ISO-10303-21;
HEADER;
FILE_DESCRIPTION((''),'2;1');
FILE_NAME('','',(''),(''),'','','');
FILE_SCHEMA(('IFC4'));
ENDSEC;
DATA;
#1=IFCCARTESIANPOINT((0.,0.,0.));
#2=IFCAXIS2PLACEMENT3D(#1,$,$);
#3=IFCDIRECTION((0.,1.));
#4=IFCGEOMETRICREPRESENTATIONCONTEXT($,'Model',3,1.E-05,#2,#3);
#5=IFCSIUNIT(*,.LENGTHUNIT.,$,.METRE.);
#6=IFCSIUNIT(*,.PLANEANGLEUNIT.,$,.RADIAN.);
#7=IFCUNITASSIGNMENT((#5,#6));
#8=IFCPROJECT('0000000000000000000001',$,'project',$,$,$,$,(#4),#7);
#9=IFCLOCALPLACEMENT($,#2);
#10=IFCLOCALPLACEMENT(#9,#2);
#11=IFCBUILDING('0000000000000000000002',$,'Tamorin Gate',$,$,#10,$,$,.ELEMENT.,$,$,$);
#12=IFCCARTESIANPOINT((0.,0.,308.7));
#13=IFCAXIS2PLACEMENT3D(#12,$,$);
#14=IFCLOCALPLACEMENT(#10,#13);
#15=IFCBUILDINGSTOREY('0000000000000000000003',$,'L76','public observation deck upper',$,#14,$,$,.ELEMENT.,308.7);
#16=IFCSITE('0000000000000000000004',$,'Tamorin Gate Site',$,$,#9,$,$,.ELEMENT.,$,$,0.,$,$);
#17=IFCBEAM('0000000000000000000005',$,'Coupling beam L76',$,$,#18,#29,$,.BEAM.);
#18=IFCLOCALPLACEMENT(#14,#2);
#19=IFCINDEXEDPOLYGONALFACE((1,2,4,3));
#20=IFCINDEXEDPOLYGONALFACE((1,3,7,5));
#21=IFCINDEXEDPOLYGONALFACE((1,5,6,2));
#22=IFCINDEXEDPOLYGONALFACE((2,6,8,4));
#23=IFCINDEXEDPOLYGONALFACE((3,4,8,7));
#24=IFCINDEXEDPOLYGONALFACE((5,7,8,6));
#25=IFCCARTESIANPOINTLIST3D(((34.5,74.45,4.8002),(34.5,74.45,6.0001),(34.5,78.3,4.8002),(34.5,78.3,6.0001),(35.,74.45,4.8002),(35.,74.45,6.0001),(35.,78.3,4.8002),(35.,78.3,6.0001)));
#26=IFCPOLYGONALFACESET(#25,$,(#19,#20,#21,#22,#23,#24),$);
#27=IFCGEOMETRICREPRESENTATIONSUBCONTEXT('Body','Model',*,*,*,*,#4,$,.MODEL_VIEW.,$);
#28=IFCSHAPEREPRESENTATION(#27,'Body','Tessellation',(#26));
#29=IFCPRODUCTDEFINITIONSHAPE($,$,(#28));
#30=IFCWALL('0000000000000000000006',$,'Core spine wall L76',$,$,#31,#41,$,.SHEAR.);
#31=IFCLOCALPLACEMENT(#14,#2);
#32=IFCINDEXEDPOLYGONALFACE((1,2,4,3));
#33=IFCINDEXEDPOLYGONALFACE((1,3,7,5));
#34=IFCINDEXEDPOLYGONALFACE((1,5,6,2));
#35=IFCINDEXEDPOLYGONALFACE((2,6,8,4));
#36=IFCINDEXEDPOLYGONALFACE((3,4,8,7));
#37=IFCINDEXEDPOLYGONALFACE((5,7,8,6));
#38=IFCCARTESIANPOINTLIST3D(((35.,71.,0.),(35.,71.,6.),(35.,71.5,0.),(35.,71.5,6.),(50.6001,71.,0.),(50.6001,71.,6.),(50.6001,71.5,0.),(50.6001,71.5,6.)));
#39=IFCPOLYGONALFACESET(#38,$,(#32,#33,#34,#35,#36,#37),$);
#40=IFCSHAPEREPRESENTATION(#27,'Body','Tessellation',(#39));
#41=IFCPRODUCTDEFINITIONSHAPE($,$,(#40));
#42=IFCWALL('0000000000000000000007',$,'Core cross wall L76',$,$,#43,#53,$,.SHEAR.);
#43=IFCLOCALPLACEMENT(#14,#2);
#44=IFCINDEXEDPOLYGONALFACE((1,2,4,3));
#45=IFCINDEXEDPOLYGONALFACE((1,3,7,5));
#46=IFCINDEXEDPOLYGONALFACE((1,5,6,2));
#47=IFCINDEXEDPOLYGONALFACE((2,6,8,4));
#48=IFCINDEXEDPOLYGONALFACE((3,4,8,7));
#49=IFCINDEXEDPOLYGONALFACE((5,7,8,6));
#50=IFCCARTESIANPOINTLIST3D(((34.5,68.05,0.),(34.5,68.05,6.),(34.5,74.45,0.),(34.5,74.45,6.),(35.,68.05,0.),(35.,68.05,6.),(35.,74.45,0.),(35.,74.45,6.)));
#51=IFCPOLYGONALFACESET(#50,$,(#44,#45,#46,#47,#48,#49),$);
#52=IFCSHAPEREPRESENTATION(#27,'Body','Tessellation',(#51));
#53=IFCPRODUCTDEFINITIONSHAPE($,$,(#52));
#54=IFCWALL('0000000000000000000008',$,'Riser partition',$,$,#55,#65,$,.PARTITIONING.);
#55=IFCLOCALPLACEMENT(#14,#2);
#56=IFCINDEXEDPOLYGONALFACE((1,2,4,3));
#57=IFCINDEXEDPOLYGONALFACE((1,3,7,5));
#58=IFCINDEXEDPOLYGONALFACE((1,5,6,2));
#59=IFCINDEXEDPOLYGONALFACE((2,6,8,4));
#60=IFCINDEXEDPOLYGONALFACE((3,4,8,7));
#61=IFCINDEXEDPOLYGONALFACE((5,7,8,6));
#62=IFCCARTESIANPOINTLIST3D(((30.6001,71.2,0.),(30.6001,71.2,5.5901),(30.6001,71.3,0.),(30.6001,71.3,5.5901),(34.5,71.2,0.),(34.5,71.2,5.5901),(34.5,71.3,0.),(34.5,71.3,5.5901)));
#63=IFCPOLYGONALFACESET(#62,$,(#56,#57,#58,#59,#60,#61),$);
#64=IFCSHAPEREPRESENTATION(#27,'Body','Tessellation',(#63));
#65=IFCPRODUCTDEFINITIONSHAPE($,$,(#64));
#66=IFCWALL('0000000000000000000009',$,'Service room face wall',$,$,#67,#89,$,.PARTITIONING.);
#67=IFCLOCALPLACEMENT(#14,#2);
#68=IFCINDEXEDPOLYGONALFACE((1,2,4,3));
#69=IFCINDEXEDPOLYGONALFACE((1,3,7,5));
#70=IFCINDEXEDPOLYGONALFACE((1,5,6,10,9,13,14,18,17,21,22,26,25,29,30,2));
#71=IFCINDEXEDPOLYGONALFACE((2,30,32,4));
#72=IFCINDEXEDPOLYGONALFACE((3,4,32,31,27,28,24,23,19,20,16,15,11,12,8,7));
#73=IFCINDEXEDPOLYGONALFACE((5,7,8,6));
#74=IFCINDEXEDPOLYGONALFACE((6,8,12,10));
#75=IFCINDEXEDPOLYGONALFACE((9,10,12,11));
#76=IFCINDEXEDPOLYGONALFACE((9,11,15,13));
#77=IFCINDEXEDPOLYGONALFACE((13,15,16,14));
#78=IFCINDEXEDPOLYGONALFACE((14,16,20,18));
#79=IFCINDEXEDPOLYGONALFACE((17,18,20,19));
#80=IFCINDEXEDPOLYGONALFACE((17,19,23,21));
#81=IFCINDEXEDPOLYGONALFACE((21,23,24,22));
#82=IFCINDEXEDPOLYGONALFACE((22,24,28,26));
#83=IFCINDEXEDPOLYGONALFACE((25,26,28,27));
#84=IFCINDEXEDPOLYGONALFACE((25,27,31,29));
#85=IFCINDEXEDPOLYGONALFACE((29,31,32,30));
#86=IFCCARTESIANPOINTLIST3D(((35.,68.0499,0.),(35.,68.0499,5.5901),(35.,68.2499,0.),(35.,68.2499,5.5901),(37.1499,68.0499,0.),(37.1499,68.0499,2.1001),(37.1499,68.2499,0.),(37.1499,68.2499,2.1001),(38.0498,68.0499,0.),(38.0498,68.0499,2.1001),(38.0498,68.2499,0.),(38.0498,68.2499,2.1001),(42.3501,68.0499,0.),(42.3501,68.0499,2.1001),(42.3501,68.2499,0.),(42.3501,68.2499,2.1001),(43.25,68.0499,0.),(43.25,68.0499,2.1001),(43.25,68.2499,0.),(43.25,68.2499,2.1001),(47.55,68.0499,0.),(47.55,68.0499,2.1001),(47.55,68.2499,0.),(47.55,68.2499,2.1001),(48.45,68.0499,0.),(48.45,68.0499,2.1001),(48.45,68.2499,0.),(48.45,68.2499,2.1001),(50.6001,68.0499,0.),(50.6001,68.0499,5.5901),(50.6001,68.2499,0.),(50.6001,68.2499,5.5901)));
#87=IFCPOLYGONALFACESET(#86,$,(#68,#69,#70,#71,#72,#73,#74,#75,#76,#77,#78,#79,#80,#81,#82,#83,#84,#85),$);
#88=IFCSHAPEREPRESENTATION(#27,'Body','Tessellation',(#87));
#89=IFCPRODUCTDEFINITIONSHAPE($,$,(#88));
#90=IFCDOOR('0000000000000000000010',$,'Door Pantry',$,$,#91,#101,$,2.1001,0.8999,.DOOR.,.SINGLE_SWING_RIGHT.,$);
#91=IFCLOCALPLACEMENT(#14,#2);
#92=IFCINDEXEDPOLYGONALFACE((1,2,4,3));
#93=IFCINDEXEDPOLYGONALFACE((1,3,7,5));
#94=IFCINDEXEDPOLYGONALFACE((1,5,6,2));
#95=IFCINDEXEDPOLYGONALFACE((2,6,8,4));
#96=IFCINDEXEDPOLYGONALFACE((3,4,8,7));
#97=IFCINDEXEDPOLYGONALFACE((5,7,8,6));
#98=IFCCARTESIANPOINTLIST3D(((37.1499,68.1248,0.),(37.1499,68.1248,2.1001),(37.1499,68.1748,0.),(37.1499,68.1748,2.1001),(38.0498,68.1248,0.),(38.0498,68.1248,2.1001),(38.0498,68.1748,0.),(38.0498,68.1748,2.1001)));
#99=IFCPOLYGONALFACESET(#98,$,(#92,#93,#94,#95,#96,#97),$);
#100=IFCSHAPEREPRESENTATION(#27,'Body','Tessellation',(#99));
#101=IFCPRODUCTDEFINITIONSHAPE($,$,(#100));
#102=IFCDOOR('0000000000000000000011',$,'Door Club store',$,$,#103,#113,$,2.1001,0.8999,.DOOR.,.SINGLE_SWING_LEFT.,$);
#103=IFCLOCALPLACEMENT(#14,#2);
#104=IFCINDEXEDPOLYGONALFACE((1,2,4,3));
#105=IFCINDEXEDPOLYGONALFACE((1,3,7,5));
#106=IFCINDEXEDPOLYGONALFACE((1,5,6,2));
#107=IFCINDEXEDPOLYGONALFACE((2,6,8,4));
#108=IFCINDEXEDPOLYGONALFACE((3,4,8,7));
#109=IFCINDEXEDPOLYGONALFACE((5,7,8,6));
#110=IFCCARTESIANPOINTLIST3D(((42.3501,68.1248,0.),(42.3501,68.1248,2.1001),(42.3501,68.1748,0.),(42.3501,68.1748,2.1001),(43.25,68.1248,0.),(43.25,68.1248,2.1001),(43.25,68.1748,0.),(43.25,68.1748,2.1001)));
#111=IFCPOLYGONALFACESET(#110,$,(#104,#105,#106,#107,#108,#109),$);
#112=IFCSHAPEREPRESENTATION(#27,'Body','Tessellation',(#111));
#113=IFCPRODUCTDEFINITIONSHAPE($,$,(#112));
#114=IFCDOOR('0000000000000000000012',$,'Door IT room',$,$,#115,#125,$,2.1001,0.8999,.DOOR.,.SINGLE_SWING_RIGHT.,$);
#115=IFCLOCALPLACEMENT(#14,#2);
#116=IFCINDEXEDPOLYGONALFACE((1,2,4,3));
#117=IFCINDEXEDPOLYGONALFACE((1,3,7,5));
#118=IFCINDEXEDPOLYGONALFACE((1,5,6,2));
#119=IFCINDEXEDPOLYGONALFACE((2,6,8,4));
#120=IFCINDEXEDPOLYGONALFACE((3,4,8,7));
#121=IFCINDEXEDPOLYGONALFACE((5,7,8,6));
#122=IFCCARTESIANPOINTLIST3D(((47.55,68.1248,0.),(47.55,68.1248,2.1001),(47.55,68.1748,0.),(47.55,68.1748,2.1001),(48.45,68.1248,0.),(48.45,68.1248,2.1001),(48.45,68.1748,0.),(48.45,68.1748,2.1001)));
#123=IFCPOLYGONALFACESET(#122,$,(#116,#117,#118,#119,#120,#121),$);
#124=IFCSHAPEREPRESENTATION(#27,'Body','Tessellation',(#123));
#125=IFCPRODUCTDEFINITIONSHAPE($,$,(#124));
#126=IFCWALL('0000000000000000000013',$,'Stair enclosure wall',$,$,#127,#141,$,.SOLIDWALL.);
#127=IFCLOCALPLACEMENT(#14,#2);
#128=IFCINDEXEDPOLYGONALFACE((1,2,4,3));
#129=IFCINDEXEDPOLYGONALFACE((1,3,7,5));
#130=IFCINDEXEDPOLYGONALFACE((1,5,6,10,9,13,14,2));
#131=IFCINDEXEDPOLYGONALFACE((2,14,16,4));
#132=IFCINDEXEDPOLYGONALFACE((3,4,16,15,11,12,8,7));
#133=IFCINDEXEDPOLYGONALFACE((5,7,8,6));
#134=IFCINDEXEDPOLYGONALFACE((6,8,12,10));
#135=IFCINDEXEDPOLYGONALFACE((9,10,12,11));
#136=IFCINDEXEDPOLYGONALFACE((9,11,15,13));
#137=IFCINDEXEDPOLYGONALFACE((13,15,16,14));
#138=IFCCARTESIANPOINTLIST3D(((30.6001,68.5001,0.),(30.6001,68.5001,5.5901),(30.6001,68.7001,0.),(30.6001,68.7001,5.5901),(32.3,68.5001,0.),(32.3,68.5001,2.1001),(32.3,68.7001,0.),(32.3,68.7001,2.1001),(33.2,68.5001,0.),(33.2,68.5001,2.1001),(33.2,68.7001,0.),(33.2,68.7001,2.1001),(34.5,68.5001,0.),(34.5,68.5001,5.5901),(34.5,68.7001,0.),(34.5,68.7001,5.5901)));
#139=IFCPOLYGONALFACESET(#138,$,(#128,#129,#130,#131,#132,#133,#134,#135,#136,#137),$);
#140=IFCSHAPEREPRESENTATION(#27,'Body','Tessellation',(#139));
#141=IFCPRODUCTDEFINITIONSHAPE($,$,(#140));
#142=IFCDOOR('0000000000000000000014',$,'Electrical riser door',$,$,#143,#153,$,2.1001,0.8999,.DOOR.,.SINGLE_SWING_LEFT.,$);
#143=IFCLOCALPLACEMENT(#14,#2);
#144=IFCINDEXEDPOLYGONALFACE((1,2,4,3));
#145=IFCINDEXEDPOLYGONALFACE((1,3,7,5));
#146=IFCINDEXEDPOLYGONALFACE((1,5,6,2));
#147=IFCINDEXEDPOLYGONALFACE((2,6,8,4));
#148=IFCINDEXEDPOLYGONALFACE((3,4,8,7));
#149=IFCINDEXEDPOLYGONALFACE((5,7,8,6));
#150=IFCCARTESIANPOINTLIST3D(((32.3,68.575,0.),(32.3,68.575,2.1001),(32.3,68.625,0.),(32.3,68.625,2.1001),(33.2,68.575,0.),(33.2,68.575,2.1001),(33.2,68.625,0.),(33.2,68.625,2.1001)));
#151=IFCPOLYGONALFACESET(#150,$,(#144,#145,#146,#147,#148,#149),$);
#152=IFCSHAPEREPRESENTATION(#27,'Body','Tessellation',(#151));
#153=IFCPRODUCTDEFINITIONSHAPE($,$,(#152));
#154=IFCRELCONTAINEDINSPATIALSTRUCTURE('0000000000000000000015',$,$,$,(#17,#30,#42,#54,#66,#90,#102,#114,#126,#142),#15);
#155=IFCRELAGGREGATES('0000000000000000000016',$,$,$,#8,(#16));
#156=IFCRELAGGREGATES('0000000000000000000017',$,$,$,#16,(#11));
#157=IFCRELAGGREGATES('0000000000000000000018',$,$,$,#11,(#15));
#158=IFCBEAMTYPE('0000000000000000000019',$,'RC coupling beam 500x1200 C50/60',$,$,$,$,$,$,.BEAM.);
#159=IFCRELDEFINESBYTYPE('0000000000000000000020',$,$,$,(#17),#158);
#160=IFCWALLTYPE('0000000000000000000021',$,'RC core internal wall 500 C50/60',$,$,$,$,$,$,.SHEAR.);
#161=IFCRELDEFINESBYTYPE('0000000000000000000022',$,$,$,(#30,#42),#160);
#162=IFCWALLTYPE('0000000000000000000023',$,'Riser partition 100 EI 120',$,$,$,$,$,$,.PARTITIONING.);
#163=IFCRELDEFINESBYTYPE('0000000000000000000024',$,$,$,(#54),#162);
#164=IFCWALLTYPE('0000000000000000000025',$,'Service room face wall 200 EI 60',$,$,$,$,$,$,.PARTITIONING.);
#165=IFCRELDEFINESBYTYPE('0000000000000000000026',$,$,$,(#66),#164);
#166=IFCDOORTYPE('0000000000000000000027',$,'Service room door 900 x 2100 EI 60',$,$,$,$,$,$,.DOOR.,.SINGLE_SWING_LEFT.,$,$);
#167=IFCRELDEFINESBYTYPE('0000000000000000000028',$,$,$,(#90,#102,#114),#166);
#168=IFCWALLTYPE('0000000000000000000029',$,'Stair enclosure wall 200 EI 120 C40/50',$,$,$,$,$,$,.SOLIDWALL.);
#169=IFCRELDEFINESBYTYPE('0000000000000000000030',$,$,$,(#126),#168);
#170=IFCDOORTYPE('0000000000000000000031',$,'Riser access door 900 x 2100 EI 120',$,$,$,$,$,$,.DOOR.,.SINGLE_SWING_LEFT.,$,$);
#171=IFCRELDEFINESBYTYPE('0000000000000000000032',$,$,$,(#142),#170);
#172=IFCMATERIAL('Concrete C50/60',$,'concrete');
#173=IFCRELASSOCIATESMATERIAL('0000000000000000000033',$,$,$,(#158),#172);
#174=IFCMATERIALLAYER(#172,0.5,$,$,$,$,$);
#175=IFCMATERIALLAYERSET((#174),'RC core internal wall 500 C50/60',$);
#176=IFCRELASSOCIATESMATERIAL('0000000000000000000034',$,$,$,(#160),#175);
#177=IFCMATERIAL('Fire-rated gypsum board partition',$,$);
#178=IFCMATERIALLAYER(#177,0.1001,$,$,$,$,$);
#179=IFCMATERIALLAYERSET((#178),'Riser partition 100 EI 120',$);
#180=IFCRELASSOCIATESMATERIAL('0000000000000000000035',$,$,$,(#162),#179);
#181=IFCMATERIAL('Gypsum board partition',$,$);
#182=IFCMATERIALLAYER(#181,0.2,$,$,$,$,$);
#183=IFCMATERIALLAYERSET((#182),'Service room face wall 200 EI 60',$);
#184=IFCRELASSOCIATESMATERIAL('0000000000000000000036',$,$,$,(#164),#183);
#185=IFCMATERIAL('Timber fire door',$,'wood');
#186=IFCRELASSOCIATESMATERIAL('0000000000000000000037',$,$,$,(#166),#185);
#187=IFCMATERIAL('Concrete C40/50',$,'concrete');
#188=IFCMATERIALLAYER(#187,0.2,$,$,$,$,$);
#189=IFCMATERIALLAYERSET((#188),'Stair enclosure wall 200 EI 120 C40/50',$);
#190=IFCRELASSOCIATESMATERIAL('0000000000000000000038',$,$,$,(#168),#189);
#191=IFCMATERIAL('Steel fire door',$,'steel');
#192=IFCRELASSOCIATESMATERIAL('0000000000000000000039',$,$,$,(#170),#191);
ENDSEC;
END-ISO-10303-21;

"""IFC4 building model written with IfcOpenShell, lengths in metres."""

from ifc_helpers import new_model, si_unit, direction, frame, frame_2d, origin, origin_2d, place, context, subcontext, project, spatial, rectangle, extrude, material, layer, layer_set, material_profile, profile_set, type_object, element, fill, save


model = new_model("IFC4")

# Units and contexts
model_context = context("Model", 3, precision=1e-05, world=origin(), true_north=direction((0.0, 1.0)))
body_context = subcontext(model_context, "Body", "Model", "MODEL_VIEW")
ifc_project = project(units=[si_unit("LENGTHUNIT", "METRE"), si_unit("PLANEANGLEUNIT", "RADIAN")], contexts=[model_context])

# Site, building, storey
site_placement = place(None, origin())
site = spatial("IfcSite", under=ifc_project, at=site_placement, Name="Tamorin Gate Site", CompositionType="ELEMENT", RefElevation=0.0)
building_placement = place(site_placement, origin())
building = spatial("IfcBuilding", under=site, at=building_placement, Name="Tamorin Gate", CompositionType="ELEMENT")
storey_placement = place(building_placement, frame((0.0, 0.0, 308.7)))
storey = spatial("IfcBuildingStorey", under=building, at=storey_placement, Name="L76", Description="public observation deck upper", CompositionType="ELEMENT", Elevation=308.7)

# Beam
ifc_material_1 = material(Name="Concrete C50/60", Category="concrete")
ifc_material_profile = material_profile(ifc_material_1, rectangle(XDim=0.5, YDim=1.2, at=origin_2d()), Name="RC 500x1200")
ifc_profile_set = profile_set([ifc_material_profile], Name="Concrete C50/60")
beam_type = type_object("IfcBeamType", Name="RC coupling beam 500x1200 C50/60", PredefinedType="BEAM", material=ifc_profile_set)
beam_placement = place(storey_placement, frame((34.75, 74.45, 5.4001), z_axis=(0.0, 1.0, 0.0), x_axis=(-1.0, 0.0, 0.0)))
element("IfcBeam", 1, at=beam_placement, inside=storey, type_object=beam_type, Name="Coupling beam L76", PredefinedType="BEAM", context=body_context, shape_type="SweptSolid", body=[
    extrude(rectangle(XDim=0.5, YDim=1.2, at=origin_2d()), origin(), (0.0, 0.0, 1.0), 3.8501),
])

# Walls
ifc_layer_1 = layer(ifc_material_1, 0.5)
ifc_layer_set_1 = layer_set([ifc_layer_1], Name="RC core internal wall 500 C50/60")
wall_type_1 = type_object("IfcWallType", Name="RC core internal wall 500 C50/60", PredefinedType="SHEAR", material=ifc_layer_set_1)
wall_1_placement = place(storey_placement, frame((35.0, 71.25, 0.0), z_axis=(0.0, 0.0, 1.0), x_axis=(1.0, 0.0, 0.0)))
element("IfcWall", 2, at=wall_1_placement, inside=storey, type_object=wall_type_1, Name="Core spine wall L76", PredefinedType="SHEAR", context=body_context, shape_type="SweptSolid", body=[
    extrude(rectangle(XDim=15.6001, YDim=0.5, at=frame_2d((7.8, 0.0))), origin(), (0.0, 0.0, 1.0), 6.0),
])
wall_2_placement = place(storey_placement, frame((34.75, 68.05, 0.0), z_axis=(0.0, 0.0, 1.0), x_axis=(0.0, 1.0, 0.0)))
element("IfcWall", 3, at=wall_2_placement, inside=storey, type_object=wall_type_1, Name="Core cross wall L76", PredefinedType="SHEAR", context=body_context, shape_type="SweptSolid", body=[
    extrude(rectangle(XDim=6.3999, YDim=0.5, at=frame_2d((3.2, 0.0))), origin(), (0.0, 0.0, 1.0), 6.0),
])
ifc_material_2 = material(Name="Fire-rated gypsum board partition")
ifc_layer_2 = layer(ifc_material_2, 0.1001)
ifc_layer_set_2 = layer_set([ifc_layer_2], Name="Riser partition 100 EI 120")
wall_type_2 = type_object("IfcWallType", Name="Riser partition 100 EI 120", PredefinedType="PARTITIONING", material=ifc_layer_set_2)
wall_3_placement = place(storey_placement, frame((30.6001, 71.25, 0.0), z_axis=(0.0, 0.0, 1.0), x_axis=(1.0, 0.0, 0.0)))
element("IfcWall", 4, at=wall_3_placement, inside=storey, type_object=wall_type_2, Name="Riser partition", PredefinedType="PARTITIONING", context=body_context, shape_type="SweptSolid", body=[
    extrude(rectangle(XDim=3.8999, YDim=0.1001, at=frame_2d((1.95, 0.0))), origin(), (0.0, 0.0, 1.0), 5.5901),
])

# Wall, openings, doors
ifc_material_3 = material(Name="Gypsum board partition")
ifc_layer_3 = layer(ifc_material_3, 0.2)
ifc_layer_set_3 = layer_set([ifc_layer_3], Name="Service room face wall 200 EI 60")
wall_type_3 = type_object("IfcWallType", Name="Service room face wall 200 EI 60", PredefinedType="PARTITIONING", material=ifc_layer_set_3)
wall_4_placement = place(storey_placement, frame((35.0, 68.1499, 0.0), z_axis=(0.0, 0.0, 1.0), x_axis=(1.0, 0.0, 0.0)))
wall_4 = element("IfcWall", 5, at=wall_4_placement, inside=storey, type_object=wall_type_3, Name="Service room face wall", PredefinedType="PARTITIONING", context=body_context, shape_type="SweptSolid", body=[
    extrude(rectangle(XDim=15.6001, YDim=0.2, at=frame_2d((7.8, 0.0))), origin(), (0.0, 0.0, 1.0), 5.5901),
])
opening_1_placement = place(wall_4_placement, frame((2.1499, 0.0, 0.0)))
opening_1 = element("IfcOpeningElement", 6, at=opening_1_placement, cuts=wall_4, PredefinedType="OPENING", context=body_context, shape_type="SweptSolid", body=[
    extrude(rectangle(XDim=0.8999, YDim=2.1001, at=frame_2d((0.45, 1.05))), frame((0.0, 0.1099, 0.0), z_axis=(0.0, -1.0, 0.0), x_axis=(1.0, 0.0, 0.0)), (0.0, 0.0, 1.0), 0.22),
])
opening_2_placement = place(wall_4_placement, frame((7.3501, 0.0, 0.0)))
opening_2 = element("IfcOpeningElement", 7, at=opening_2_placement, cuts=wall_4, PredefinedType="OPENING", context=body_context, shape_type="SweptSolid", body=[
    extrude(rectangle(XDim=0.8999, YDim=2.1001, at=frame_2d((0.45, 1.05))), frame((0.0, 0.1099, 0.0), z_axis=(0.0, -1.0, 0.0), x_axis=(1.0, 0.0, 0.0)), (0.0, 0.0, 1.0), 0.22),
])
opening_3_placement = place(wall_4_placement, frame((12.55, 0.0, 0.0)))
opening_3 = element("IfcOpeningElement", 8, at=opening_3_placement, cuts=wall_4, PredefinedType="OPENING", context=body_context, shape_type="SweptSolid", body=[
    extrude(rectangle(XDim=0.8999, YDim=2.1001, at=frame_2d((0.45, 1.05))), frame((0.0, 0.1099, 0.0), z_axis=(0.0, -1.0, 0.0), x_axis=(1.0, 0.0, 0.0)), (0.0, 0.0, 1.0), 0.22),
])
ifc_material_4 = material(Name="Timber fire door", Category="wood")
door_type_1 = type_object("IfcDoorType", Name="Service room door 900 x 2100 EI 60", OperationType="SINGLE_SWING_LEFT", PredefinedType="DOOR", material=ifc_material_4)
door_1_placement = place(opening_1_placement, origin())
door_1 = element("IfcDoor", 9, at=door_1_placement, inside=storey, type_object=door_type_1, Name="Door Pantry", OperationType="SINGLE_SWING_RIGHT", OverallHeight=2.1001, OverallWidth=0.8999, PredefinedType="DOOR", context=body_context, shape_type="SweptSolid", body=[
    extrude(rectangle(XDim=0.8999, YDim=2.1001, at=frame_2d((0.45, 1.05))), frame((0.0, 0.0249, 0.0), z_axis=(0.0, -1.0, 0.0), x_axis=(1.0, 0.0, 0.0)), (0.0, 0.0, 1.0), 0.05),
])
fill(opening_1, door_1)
door_2_placement = place(opening_2_placement, origin())
door_2 = element("IfcDoor", 10, at=door_2_placement, inside=storey, type_object=door_type_1, Name="Door Club store", OperationType="SINGLE_SWING_LEFT", OverallHeight=2.1001, OverallWidth=0.8999, PredefinedType="DOOR", context=body_context, shape_type="SweptSolid", body=[
    extrude(rectangle(XDim=0.8999, YDim=2.1001, at=frame_2d((0.45, 1.05))), frame((0.0, 0.0249, 0.0), z_axis=(0.0, -1.0, 0.0), x_axis=(1.0, 0.0, 0.0)), (0.0, 0.0, 1.0), 0.05),
])
fill(opening_2, door_2)
door_3_placement = place(opening_3_placement, origin())
door_3 = element("IfcDoor", 11, at=door_3_placement, inside=storey, type_object=door_type_1, Name="Door IT room", OperationType="SINGLE_SWING_RIGHT", OverallHeight=2.1001, OverallWidth=0.8999, PredefinedType="DOOR", context=body_context, shape_type="SweptSolid", body=[
    extrude(rectangle(XDim=0.8999, YDim=2.1001, at=frame_2d((0.45, 1.05))), frame((0.0, 0.0249, 0.0), z_axis=(0.0, -1.0, 0.0), x_axis=(1.0, 0.0, 0.0)), (0.0, 0.0, 1.0), 0.05),
])
fill(opening_3, door_3)

# Wall, opening, door
ifc_material_5 = material(Name="Concrete C40/50", Category="concrete")
ifc_layer_4 = layer(ifc_material_5, 0.2)
ifc_layer_set_4 = layer_set([ifc_layer_4], Name="Stair enclosure wall 200 EI 120 C40/50")
wall_type_4 = type_object("IfcWallType", Name="Stair enclosure wall 200 EI 120 C40/50", PredefinedType="SOLIDWALL", material=ifc_layer_set_4)
wall_5_placement = place(storey_placement, frame((30.6001, 68.6001, 0.0), z_axis=(0.0, 0.0, 1.0), x_axis=(1.0, 0.0, 0.0)))
wall_5 = element("IfcWall", 12, at=wall_5_placement, inside=storey, type_object=wall_type_4, Name="Stair enclosure wall", PredefinedType="SOLIDWALL", context=body_context, shape_type="SweptSolid", body=[
    extrude(rectangle(XDim=3.8999, YDim=0.2, at=frame_2d((1.95, 0.0))), origin(), (0.0, 0.0, 1.0), 5.5901),
])
opening_4_placement = place(wall_5_placement, frame((1.7, 0.0, 0.0)))
opening_4 = element("IfcOpeningElement", 13, at=opening_4_placement, cuts=wall_5, PredefinedType="OPENING", context=body_context, shape_type="SweptSolid", body=[
    extrude(rectangle(XDim=0.8999, YDim=2.1001, at=frame_2d((0.45, 1.05))), frame((0.0, 0.1099, 0.0), z_axis=(0.0, -1.0, 0.0), x_axis=(1.0, 0.0, 0.0)), (0.0, 0.0, 1.0), 0.22),
])
ifc_material_6 = material(Name="Steel fire door", Category="steel")
door_type_2 = type_object("IfcDoorType", Name="Riser access door 900 x 2100 EI 120", OperationType="SINGLE_SWING_LEFT", PredefinedType="DOOR", material=ifc_material_6)
door_4_placement = place(opening_4_placement, origin())
door_4 = element("IfcDoor", 14, at=door_4_placement, inside=storey, type_object=door_type_2, Name="Electrical riser door", OperationType="SINGLE_SWING_LEFT", OverallHeight=2.1001, OverallWidth=0.8999, PredefinedType="DOOR", context=body_context, shape_type="SweptSolid", body=[
    extrude(rectangle(XDim=0.8999, YDim=2.1001, at=frame_2d((0.45, 1.05))), frame((0.0, 0.0249, 0.0), z_axis=(0.0, -1.0, 0.0), x_axis=(1.0, 0.0, 0.0)), (0.0, 0.0, 1.0), 0.05),
])
fill(opening_4, door_4)

save(model, "model.ifc")
